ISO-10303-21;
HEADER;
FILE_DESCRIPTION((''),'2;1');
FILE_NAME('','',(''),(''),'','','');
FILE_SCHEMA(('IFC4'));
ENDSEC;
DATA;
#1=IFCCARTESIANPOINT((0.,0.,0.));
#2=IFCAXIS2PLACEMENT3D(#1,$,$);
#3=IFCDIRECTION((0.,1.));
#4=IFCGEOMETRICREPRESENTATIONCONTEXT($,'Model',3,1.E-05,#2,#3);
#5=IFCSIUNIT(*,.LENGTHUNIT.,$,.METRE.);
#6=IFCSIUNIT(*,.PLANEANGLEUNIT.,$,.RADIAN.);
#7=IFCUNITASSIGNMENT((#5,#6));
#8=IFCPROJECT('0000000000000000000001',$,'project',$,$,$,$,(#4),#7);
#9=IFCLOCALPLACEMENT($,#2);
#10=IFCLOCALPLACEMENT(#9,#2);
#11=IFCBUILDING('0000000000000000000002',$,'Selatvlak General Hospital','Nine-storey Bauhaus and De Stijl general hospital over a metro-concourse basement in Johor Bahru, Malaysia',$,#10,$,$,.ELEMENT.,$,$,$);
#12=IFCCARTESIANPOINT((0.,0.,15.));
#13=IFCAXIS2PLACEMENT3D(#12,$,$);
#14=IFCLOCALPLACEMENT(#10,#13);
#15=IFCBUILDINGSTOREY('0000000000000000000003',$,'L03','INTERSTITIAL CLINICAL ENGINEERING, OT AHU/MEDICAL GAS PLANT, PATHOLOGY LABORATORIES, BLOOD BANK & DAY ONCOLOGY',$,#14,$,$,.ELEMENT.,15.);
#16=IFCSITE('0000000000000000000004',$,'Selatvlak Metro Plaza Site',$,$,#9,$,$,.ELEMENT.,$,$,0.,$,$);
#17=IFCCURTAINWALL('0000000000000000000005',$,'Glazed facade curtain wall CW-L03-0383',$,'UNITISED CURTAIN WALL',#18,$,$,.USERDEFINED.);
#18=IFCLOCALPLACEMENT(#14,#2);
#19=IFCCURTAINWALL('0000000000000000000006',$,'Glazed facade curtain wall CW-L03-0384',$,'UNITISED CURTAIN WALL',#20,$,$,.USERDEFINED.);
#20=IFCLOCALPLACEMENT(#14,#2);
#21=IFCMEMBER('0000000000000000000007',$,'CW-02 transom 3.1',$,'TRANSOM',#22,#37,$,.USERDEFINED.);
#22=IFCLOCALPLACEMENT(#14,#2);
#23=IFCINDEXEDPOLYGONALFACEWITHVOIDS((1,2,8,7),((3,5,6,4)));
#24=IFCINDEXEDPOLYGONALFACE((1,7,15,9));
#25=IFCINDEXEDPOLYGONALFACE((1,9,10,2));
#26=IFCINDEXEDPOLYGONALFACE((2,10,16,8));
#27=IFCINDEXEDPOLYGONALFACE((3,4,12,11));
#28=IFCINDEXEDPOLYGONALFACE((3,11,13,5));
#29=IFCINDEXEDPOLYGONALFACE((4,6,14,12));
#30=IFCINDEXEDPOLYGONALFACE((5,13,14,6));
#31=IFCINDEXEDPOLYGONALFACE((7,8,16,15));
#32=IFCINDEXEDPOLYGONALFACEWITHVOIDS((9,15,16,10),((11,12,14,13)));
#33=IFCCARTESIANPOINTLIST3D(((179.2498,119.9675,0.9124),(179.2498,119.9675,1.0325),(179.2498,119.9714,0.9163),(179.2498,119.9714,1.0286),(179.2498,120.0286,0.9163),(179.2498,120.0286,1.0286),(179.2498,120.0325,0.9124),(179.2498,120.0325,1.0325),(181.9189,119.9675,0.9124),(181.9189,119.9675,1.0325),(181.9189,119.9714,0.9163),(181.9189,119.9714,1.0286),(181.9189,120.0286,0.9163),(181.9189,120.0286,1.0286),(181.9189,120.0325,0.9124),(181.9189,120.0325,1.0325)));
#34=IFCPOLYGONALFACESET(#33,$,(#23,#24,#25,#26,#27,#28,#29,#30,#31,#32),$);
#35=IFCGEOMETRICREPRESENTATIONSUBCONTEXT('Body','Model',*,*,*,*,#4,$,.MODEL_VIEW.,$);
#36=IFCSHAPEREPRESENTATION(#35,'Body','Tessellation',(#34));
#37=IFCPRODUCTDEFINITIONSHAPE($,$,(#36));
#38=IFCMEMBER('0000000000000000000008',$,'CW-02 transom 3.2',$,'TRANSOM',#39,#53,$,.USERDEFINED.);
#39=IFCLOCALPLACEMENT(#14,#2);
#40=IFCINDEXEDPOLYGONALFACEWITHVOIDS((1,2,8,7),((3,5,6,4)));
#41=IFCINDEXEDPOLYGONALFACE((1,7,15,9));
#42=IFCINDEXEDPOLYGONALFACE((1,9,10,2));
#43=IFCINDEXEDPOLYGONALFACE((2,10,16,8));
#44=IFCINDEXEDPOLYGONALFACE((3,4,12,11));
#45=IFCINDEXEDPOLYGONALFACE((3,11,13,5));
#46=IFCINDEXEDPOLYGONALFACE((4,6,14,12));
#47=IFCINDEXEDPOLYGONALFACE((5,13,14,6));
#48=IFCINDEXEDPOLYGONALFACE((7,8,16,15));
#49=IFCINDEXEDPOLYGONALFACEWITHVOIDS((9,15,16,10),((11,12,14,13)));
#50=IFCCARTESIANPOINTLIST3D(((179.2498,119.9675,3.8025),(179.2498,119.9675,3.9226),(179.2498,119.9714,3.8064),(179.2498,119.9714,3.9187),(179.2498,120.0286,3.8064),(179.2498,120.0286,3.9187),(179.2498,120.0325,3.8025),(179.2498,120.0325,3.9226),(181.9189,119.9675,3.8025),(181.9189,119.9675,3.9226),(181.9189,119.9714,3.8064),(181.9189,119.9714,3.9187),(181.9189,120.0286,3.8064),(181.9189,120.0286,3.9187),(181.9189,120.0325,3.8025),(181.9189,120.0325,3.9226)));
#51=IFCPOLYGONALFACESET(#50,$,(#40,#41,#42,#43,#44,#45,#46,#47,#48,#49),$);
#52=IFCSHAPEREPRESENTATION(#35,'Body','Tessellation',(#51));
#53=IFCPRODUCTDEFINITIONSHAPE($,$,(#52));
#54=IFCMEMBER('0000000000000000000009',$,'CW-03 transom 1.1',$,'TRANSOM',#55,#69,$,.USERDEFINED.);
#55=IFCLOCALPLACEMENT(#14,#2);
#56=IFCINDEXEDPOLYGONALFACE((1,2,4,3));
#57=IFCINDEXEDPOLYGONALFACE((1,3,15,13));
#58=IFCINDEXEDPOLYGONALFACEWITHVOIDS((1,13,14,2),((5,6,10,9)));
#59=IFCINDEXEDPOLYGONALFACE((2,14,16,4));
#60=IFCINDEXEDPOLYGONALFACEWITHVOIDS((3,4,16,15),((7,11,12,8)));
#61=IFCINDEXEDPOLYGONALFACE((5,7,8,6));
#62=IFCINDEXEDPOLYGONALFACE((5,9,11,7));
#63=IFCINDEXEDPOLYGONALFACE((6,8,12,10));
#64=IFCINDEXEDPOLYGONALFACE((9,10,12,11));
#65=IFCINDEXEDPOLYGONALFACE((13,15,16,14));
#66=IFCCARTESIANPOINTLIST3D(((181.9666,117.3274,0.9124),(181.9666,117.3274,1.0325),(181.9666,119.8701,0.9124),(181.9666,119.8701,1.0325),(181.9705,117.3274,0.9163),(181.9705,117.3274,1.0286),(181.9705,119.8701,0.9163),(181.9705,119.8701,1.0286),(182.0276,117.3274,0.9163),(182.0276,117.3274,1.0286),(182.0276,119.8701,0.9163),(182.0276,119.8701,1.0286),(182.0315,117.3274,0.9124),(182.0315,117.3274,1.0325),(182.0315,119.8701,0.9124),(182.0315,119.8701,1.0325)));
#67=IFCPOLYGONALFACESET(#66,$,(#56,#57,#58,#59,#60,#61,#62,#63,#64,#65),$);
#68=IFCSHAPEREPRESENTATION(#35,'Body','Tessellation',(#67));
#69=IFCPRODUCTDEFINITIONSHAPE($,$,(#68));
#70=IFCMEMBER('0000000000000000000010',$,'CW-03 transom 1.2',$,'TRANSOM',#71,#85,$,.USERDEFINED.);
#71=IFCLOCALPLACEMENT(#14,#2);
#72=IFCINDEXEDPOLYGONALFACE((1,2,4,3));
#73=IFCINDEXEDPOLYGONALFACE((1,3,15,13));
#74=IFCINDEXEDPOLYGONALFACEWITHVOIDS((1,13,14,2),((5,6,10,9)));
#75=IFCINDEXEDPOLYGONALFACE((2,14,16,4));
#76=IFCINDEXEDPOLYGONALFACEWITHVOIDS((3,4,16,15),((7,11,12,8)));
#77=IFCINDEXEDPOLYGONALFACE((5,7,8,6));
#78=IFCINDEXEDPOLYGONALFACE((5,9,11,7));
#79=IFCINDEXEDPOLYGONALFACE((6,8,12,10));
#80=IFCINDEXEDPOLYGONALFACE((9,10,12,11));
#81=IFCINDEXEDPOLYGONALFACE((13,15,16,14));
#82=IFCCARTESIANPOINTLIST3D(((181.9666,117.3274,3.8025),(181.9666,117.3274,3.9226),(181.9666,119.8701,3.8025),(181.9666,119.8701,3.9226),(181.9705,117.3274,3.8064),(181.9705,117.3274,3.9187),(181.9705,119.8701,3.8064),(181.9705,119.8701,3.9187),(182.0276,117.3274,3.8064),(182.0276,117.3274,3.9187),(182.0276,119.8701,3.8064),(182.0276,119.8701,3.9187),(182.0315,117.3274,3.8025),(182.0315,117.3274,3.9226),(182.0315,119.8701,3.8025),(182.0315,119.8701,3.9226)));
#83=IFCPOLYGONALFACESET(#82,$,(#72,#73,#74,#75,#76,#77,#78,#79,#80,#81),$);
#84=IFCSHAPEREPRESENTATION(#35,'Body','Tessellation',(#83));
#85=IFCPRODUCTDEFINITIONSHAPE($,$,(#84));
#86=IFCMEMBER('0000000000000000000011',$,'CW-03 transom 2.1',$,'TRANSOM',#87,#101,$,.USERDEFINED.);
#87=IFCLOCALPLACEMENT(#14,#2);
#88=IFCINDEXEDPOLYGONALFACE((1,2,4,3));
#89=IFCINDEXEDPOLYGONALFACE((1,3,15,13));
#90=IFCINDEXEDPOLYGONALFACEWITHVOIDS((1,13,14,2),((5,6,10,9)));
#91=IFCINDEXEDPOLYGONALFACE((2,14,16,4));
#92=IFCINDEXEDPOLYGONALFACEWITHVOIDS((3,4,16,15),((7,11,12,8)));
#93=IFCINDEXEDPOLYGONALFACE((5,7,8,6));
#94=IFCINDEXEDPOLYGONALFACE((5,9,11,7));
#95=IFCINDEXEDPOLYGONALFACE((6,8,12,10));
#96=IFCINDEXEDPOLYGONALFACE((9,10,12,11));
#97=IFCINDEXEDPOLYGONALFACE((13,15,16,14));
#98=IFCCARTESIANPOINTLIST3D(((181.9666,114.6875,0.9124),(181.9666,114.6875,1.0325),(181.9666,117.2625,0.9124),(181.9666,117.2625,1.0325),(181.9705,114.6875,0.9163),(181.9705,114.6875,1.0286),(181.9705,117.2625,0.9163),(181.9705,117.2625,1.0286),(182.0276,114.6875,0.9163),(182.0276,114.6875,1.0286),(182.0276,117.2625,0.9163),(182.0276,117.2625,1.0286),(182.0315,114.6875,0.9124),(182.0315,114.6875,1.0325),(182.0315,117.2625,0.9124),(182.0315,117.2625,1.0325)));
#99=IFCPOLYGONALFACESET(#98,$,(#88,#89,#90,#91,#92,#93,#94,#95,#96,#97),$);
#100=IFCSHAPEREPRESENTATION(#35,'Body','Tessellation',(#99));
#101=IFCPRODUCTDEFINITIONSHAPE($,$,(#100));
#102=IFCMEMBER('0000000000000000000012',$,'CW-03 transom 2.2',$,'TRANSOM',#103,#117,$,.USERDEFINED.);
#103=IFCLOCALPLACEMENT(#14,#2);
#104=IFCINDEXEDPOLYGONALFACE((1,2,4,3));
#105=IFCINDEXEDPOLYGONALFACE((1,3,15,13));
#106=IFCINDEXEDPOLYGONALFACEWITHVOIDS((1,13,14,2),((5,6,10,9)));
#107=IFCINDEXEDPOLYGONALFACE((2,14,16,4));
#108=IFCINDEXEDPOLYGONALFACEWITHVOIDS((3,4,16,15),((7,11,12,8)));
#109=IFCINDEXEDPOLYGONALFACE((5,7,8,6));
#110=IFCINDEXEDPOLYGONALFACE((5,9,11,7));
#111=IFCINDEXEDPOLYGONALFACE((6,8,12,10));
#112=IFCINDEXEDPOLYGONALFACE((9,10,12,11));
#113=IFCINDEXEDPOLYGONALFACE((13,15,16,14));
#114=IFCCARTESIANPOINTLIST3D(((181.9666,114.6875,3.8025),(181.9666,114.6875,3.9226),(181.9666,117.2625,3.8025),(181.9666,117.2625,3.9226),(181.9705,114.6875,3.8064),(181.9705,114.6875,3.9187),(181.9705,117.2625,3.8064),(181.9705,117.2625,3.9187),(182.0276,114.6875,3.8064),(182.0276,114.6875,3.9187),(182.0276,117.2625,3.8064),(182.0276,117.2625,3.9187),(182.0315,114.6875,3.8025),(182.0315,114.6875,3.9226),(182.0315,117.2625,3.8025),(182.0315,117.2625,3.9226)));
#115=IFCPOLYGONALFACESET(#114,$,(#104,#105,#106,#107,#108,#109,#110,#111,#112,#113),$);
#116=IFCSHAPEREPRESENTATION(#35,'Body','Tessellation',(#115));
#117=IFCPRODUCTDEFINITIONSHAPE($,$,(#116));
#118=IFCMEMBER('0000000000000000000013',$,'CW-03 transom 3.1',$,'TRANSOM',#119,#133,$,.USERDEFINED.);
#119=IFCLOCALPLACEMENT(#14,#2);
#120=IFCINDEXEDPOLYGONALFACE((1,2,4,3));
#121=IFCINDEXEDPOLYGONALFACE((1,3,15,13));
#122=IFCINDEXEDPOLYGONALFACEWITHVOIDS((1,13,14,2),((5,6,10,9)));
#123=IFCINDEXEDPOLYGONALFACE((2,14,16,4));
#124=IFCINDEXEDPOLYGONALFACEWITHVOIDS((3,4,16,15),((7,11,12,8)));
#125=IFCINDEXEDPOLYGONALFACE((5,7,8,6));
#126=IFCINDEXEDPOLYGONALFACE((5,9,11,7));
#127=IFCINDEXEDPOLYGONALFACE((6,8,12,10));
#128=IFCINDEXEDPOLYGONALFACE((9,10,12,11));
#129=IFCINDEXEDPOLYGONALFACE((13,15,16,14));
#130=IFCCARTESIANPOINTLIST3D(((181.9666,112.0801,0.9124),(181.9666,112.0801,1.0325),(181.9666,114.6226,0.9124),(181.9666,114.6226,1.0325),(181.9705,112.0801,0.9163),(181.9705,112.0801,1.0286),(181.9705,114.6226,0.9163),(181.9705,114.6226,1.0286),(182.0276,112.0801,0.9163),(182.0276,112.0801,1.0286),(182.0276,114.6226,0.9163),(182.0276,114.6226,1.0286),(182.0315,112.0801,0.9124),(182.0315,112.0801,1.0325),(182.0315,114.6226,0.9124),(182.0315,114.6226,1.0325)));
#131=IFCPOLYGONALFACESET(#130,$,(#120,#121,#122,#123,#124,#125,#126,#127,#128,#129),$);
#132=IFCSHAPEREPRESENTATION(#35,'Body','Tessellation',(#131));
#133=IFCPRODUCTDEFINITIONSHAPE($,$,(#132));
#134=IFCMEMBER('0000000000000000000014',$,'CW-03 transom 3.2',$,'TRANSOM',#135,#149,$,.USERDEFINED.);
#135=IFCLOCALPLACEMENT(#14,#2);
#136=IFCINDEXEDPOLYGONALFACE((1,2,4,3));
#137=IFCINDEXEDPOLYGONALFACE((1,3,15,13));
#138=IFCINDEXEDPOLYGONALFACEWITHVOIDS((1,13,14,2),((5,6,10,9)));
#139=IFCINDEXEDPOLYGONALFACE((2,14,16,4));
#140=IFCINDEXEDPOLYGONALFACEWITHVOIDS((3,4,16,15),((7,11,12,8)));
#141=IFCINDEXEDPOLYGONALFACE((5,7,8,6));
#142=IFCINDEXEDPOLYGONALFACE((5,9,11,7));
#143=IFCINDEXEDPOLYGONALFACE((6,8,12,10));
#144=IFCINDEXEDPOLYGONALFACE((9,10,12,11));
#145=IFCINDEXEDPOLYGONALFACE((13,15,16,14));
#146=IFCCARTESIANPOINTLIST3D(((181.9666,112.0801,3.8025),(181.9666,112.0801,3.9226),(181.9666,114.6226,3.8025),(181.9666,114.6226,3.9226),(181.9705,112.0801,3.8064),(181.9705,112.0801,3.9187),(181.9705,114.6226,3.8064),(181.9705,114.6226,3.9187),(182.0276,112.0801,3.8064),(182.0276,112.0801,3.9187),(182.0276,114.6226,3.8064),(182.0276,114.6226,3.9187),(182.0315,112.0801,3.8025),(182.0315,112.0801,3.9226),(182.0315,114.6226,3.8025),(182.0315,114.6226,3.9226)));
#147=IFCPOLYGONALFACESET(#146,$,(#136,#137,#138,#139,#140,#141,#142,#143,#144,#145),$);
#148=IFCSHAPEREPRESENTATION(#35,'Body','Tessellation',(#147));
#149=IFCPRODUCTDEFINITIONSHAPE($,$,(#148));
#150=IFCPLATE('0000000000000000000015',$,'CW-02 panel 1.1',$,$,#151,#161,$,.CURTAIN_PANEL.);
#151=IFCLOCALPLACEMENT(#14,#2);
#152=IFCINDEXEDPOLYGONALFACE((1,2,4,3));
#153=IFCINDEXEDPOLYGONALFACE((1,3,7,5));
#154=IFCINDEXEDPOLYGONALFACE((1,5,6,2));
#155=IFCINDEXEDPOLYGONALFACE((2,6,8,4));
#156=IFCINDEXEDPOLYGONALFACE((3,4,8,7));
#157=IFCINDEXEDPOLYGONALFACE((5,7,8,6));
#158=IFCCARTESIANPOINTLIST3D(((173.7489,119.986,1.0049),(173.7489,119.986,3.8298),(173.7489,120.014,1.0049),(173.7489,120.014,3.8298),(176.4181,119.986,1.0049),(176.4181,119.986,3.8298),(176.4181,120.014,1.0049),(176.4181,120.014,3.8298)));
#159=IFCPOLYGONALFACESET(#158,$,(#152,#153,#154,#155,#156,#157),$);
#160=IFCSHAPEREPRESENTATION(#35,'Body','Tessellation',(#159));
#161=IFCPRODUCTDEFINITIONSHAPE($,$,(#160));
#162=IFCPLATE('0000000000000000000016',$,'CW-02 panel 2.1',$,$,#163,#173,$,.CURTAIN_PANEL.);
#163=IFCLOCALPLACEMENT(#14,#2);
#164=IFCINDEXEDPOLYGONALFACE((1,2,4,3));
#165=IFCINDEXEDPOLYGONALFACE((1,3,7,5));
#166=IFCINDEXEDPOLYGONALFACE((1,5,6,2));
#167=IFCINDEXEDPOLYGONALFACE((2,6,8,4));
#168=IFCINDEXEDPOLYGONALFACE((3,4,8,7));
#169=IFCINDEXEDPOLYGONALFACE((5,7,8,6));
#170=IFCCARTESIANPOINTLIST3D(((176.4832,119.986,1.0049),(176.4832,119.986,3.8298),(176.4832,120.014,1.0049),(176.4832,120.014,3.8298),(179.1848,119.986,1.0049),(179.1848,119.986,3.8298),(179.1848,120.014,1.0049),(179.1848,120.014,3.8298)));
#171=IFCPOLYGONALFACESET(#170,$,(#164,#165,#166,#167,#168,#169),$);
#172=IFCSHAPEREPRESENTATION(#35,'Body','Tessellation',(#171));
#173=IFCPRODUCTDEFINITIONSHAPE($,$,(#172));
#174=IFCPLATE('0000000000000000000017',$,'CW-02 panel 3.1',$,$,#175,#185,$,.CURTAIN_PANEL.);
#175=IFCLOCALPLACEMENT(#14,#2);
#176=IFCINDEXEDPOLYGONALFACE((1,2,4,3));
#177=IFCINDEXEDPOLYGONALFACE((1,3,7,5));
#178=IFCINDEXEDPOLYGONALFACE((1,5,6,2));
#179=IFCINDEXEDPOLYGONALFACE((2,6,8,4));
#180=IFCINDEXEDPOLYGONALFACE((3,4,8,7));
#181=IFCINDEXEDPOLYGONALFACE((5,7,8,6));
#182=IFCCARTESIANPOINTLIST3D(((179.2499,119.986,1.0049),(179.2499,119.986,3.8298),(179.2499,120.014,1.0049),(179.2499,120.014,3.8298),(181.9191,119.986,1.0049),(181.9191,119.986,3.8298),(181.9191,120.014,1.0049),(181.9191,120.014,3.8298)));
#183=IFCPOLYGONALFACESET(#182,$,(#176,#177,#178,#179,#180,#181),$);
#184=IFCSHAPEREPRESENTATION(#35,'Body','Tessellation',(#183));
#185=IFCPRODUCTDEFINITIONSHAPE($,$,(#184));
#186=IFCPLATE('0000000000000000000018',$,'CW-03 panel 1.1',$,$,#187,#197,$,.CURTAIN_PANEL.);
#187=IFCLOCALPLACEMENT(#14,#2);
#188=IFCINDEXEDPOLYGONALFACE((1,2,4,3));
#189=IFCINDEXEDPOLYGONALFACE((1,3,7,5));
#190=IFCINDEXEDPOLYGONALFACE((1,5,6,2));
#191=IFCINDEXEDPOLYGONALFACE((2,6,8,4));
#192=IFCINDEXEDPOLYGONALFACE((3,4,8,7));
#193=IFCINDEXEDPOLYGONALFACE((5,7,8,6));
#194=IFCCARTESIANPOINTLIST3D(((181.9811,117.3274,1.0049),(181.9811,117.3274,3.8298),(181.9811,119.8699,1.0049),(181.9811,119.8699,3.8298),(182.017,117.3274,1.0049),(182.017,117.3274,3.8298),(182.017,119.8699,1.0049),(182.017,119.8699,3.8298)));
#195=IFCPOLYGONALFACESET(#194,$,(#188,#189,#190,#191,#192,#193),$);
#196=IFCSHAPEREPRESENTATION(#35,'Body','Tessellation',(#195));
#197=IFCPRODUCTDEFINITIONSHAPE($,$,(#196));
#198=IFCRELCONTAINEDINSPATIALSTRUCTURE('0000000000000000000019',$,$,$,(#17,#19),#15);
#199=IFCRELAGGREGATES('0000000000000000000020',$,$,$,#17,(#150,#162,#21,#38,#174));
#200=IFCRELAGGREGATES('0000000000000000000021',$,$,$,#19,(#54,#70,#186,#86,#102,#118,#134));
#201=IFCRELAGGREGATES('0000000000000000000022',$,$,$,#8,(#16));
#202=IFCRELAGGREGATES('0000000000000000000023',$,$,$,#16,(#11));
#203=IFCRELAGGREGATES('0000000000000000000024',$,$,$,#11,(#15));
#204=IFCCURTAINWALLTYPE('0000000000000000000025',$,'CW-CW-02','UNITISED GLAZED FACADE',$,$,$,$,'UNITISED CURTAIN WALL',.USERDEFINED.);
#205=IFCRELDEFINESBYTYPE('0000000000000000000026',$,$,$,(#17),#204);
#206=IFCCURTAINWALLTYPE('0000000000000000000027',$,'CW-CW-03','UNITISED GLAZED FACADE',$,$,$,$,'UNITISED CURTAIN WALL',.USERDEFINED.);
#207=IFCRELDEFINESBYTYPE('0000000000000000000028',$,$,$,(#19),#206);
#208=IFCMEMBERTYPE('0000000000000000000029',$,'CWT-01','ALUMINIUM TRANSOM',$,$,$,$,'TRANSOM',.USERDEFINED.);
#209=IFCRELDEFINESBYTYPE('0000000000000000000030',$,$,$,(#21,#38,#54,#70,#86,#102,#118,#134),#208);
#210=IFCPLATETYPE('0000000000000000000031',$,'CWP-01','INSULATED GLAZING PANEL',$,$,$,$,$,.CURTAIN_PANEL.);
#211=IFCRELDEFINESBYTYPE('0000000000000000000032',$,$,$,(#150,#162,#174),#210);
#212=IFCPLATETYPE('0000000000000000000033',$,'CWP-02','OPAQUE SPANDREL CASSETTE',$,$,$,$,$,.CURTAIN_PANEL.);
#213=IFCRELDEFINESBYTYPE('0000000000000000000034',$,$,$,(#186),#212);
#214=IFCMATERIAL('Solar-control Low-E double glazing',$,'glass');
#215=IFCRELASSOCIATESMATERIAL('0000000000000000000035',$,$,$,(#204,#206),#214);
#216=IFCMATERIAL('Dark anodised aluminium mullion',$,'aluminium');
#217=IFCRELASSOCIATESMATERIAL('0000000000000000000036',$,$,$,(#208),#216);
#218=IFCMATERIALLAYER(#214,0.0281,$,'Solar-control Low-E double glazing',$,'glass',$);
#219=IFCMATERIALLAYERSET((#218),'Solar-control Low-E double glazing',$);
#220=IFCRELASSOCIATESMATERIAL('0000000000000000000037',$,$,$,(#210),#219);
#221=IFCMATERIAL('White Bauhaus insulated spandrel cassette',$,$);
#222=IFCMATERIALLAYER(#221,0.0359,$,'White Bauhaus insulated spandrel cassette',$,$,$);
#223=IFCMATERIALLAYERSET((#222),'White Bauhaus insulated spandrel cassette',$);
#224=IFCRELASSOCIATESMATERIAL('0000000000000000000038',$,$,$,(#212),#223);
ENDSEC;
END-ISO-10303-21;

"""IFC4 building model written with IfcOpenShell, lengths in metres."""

from ifc_helpers import new_model, si_unit, direction, frame, origin, origin_2d, place, context, subcontext, project, spatial, rectangle, hollow_rectangle, extrude, material, layer, layer_set, material_profile, profile_set, type_object, element, aggregate, save


model = new_model("IFC4")

# Units and contexts
model_context = context("Model", 3, precision=1e-05, world=origin(), true_north=direction((0.0, 1.0)))
body_context = subcontext(model_context, "Body", "Model", "MODEL_VIEW")
ifc_project = project(units=[si_unit("LENGTHUNIT", "METRE"), si_unit("PLANEANGLEUNIT", "RADIAN")], contexts=[model_context])

# Site, building, storey
site_placement = place(None, origin())
site = spatial("IfcSite", under=ifc_project, at=site_placement, Name="Selatvlak Metro Plaza Site", CompositionType="ELEMENT", RefElevation=0.0)
building_placement = place(site_placement, origin())
building = spatial("IfcBuilding", under=site, at=building_placement, Name="Selatvlak General Hospital", Description="Nine-storey Bauhaus and De Stijl general hospital over a metro-concourse basement in Johor Bahru, Malaysia", CompositionType="ELEMENT")
storey_placement = place(building_placement, frame((0.0, 0.0, 15.0)))
storey = spatial("IfcBuildingStorey", under=building, at=storey_placement, Name="L03", Description="INTERSTITIAL CLINICAL ENGINEERING, OT AHU/MEDICAL GAS PLANT, PATHOLOGY LABORATORIES, BLOOD BANK & DAY ONCOLOGY", CompositionType="ELEMENT", Elevation=15.0)

# Curtain walls
ifc_material_1 = material(Name="Solar-control Low-E double glazing", Category="glass")
curtain_wall_type_1 = type_object("IfcCurtainWallType", Name="CW-CW-02", Description="UNITISED GLAZED FACADE", ElementType="UNITISED CURTAIN WALL", PredefinedType="USERDEFINED", material=ifc_material_1)
curtain_wall_1_placement = place(storey_placement, origin())
curtain_wall_1 = element("IfcCurtainWall", 1, at=curtain_wall_1_placement, inside=storey, type_object=curtain_wall_type_1, Name="Glazed facade curtain wall CW-L03-0383", ObjectType="UNITISED CURTAIN WALL", PredefinedType="USERDEFINED")
ifc_material_2 = material(Name="Dark anodised aluminium mullion", Category="aluminium")
curtain_wall_type_2 = type_object("IfcCurtainWallType", Name="CW-CW-03", Description="UNITISED GLAZED FACADE", ElementType="UNITISED CURTAIN WALL", PredefinedType="USERDEFINED", material=ifc_material_1)
curtain_wall_2_placement = place(storey_placement, origin())
curtain_wall_2 = element("IfcCurtainWall", 2, at=curtain_wall_2_placement, inside=storey, type_object=curtain_wall_type_2, Name="Glazed facade curtain wall CW-L03-0384", ObjectType="UNITISED CURTAIN WALL", PredefinedType="USERDEFINED")

# Members
ifc_material_profile_1 = material_profile(ifc_material_2, hollow_rectangle(XDim=0.0649, YDim=0.1201, WallThickness=0.0039, at=origin_2d()), Name="AL-TRN 65x120x4")
ifc_profile_set_1 = profile_set([ifc_material_profile_1], Name="Dark anodised aluminium mullion")
member_type_1 = type_object("IfcMemberType", Name="CWT-01", Description="ALUMINIUM TRANSOM", ElementType="TRANSOM", PredefinedType="USERDEFINED", material=ifc_profile_set_1)
member_1_placement = place(storey_placement, frame((179.2498, 120.0, 0.9724), z_axis=(1.0, 0.0, 0.0), x_axis=(0.0, 1.0, 0.0)))
member_1 = element("IfcMember", 3, at=member_1_placement, type_object=member_type_1, Name="CW-02 transom 3.1", ObjectType="TRANSOM", PredefinedType="USERDEFINED", context=body_context, shape_type="SweptSolid", body=[
    extrude(hollow_rectangle(XDim=0.0649, YDim=0.1201, WallThickness=0.0039, at=origin_2d()), origin(), (0.0, 0.0, 1.0), 2.6692),
])
member_2_placement = place(storey_placement, frame((179.2498, 120.0, 3.8625), z_axis=(1.0, 0.0, 0.0), x_axis=(0.0, 1.0, 0.0)))
member_2 = element("IfcMember", 4, at=member_2_placement, type_object=member_type_1, Name="CW-02 transom 3.2", ObjectType="TRANSOM", PredefinedType="USERDEFINED", context=body_context, shape_type="SweptSolid", body=[
    extrude(hollow_rectangle(XDim=0.0649, YDim=0.1201, WallThickness=0.0039, at=origin_2d()), origin(), (0.0, 0.0, 1.0), 2.6692),
])
member_3_placement = place(storey_placement, frame((181.999, 119.8701, 0.9724), z_axis=(0.0, -1.0, 0.0), x_axis=(1.0, 0.0, 0.0)))
member_3 = element("IfcMember", 5, at=member_3_placement, type_object=member_type_1, Name="CW-03 transom 1.1", ObjectType="TRANSOM", PredefinedType="USERDEFINED", context=body_context, shape_type="SweptSolid", body=[
    extrude(hollow_rectangle(XDim=0.0649, YDim=0.1201, WallThickness=0.0039, at=origin_2d()), origin(), (0.0, 0.0, 1.0), 2.5427),
])
member_4_placement = place(storey_placement, frame((181.999, 119.8701, 3.8625), z_axis=(0.0, -1.0, 0.0), x_axis=(1.0, 0.0, 0.0)))
member_4 = element("IfcMember", 6, at=member_4_placement, type_object=member_type_1, Name="CW-03 transom 1.2", ObjectType="TRANSOM", PredefinedType="USERDEFINED", context=body_context, shape_type="SweptSolid", body=[
    extrude(hollow_rectangle(XDim=0.0649, YDim=0.1201, WallThickness=0.0039, at=origin_2d()), origin(), (0.0, 0.0, 1.0), 2.5427),
])
member_5_placement = place(storey_placement, frame((181.999, 117.2625, 0.9724), z_axis=(0.0, -1.0, 0.0), x_axis=(1.0, 0.0, 0.0)))
member_5 = element("IfcMember", 7, at=member_5_placement, type_object=member_type_1, Name="CW-03 transom 2.1", ObjectType="TRANSOM", PredefinedType="USERDEFINED", context=body_context, shape_type="SweptSolid", body=[
    extrude(hollow_rectangle(XDim=0.0649, YDim=0.1201, WallThickness=0.0039, at=origin_2d()), origin(), (0.0, 0.0, 1.0), 2.575),
])
member_6_placement = place(storey_placement, frame((181.999, 117.2625, 3.8625), z_axis=(0.0, -1.0, 0.0), x_axis=(1.0, 0.0, 0.0)))
member_6 = element("IfcMember", 8, at=member_6_placement, type_object=member_type_1, Name="CW-03 transom 2.2", ObjectType="TRANSOM", PredefinedType="USERDEFINED", context=body_context, shape_type="SweptSolid", body=[
    extrude(hollow_rectangle(XDim=0.0649, YDim=0.1201, WallThickness=0.0039, at=origin_2d()), origin(), (0.0, 0.0, 1.0), 2.575),
])
member_7_placement = place(storey_placement, frame((181.999, 114.6226, 0.9724), z_axis=(0.0, -1.0, 0.0), x_axis=(1.0, 0.0, 0.0)))
member_7 = element("IfcMember", 9, at=member_7_placement, type_object=member_type_1, Name="CW-03 transom 3.1", ObjectType="TRANSOM", PredefinedType="USERDEFINED", context=body_context, shape_type="SweptSolid", body=[
    extrude(hollow_rectangle(XDim=0.0649, YDim=0.1201, WallThickness=0.0039, at=origin_2d()), origin(), (0.0, 0.0, 1.0), 2.5425),
])
member_8_placement = place(storey_placement, frame((181.999, 114.6226, 3.8625), z_axis=(0.0, -1.0, 0.0), x_axis=(1.0, 0.0, 0.0)))
member_8 = element("IfcMember", 10, at=member_8_placement, type_object=member_type_1, Name="CW-03 transom 3.2", ObjectType="TRANSOM", PredefinedType="USERDEFINED", context=body_context, shape_type="SweptSolid", body=[
    extrude(hollow_rectangle(XDim=0.0649, YDim=0.1201, WallThickness=0.0039, at=origin_2d()), origin(), (0.0, 0.0, 1.0), 2.5425),
])

# Plates
ifc_layer_1 = layer(ifc_material_1, 0.0281, Name="Solar-control Low-E double glazing", Category="glass")
ifc_layer_set_1 = layer_set([ifc_layer_1], Name="Solar-control Low-E double glazing")
plate_type_1 = type_object("IfcPlateType", Name="CWP-01", Description="INSULATED GLAZING PANEL", PredefinedType="CURTAIN_PANEL", material=ifc_layer_set_1)
plate_1_placement = place(storey_placement, frame((175.0835, 120.0, 1.0049), z_axis=(0.0, 0.0, 1.0), x_axis=(1.0, 0.0, 0.0)))
plate_1 = element("IfcPlate", 11, at=plate_1_placement, type_object=plate_type_1, Name="CW-02 panel 1.1", PredefinedType="CURTAIN_PANEL", context=body_context, shape_type="SweptSolid", body=[
    extrude(rectangle(XDim=2.6692, YDim=0.0281, at=origin_2d()), origin(), (0.0, 0.0, 1.0), 2.825),
])
plate_2_placement = place(storey_placement, frame((177.834, 120.0, 1.0049), z_axis=(0.0, 0.0, 1.0), x_axis=(1.0, 0.0, 0.0)))
plate_2 = element("IfcPlate", 12, at=plate_2_placement, type_object=plate_type_1, Name="CW-02 panel 2.1", PredefinedType="CURTAIN_PANEL", context=body_context, shape_type="SweptSolid", body=[
    extrude(rectangle(XDim=2.7017, YDim=0.0281, at=origin_2d()), origin(), (0.0, 0.0, 1.0), 2.825),
])
plate_3_placement = place(storey_placement, frame((180.5845, 120.0, 1.0049), z_axis=(0.0, 0.0, 1.0), x_axis=(1.0, 0.0, 0.0)))
plate_3 = element("IfcPlate", 13, at=plate_3_placement, type_object=plate_type_1, Name="CW-02 panel 3.1", PredefinedType="CURTAIN_PANEL", context=body_context, shape_type="SweptSolid", body=[
    extrude(rectangle(XDim=2.6692, YDim=0.0281, at=origin_2d()), origin(), (0.0, 0.0, 1.0), 2.825),
])
aggregate(curtain_wall_1, [plate_1, plate_2, member_1, member_2, plate_3])
ifc_material_3 = material(Name="White Bauhaus insulated spandrel cassette")
ifc_layer_2 = layer(ifc_material_3, 0.0359, Name="White Bauhaus insulated spandrel cassette")
ifc_layer_set_2 = layer_set([ifc_layer_2], Name="White Bauhaus insulated spandrel cassette")
plate_type_2 = type_object("IfcPlateType", Name="CWP-02", Description="OPAQUE SPANDREL CASSETTE", PredefinedType="CURTAIN_PANEL", material=ifc_layer_set_2)
plate_4_placement = place(storey_placement, frame((181.999, 118.5986, 1.0049), z_axis=(0.0, 0.0, 1.0), x_axis=(0.0, -1.0, 0.0)))
plate_4 = element("IfcPlate", 14, at=plate_4_placement, type_object=plate_type_2, Name="CW-03 panel 1.1", PredefinedType="CURTAIN_PANEL", context=body_context, shape_type="SweptSolid", body=[
    extrude(rectangle(XDim=2.5425, YDim=0.0359, at=origin_2d()), origin(), (0.0, 0.0, 1.0), 2.825),
])
aggregate(curtain_wall_2, [member_3, member_4, plate_4, member_5, member_6, member_7, member_8])

save(model, "model.ifc")
